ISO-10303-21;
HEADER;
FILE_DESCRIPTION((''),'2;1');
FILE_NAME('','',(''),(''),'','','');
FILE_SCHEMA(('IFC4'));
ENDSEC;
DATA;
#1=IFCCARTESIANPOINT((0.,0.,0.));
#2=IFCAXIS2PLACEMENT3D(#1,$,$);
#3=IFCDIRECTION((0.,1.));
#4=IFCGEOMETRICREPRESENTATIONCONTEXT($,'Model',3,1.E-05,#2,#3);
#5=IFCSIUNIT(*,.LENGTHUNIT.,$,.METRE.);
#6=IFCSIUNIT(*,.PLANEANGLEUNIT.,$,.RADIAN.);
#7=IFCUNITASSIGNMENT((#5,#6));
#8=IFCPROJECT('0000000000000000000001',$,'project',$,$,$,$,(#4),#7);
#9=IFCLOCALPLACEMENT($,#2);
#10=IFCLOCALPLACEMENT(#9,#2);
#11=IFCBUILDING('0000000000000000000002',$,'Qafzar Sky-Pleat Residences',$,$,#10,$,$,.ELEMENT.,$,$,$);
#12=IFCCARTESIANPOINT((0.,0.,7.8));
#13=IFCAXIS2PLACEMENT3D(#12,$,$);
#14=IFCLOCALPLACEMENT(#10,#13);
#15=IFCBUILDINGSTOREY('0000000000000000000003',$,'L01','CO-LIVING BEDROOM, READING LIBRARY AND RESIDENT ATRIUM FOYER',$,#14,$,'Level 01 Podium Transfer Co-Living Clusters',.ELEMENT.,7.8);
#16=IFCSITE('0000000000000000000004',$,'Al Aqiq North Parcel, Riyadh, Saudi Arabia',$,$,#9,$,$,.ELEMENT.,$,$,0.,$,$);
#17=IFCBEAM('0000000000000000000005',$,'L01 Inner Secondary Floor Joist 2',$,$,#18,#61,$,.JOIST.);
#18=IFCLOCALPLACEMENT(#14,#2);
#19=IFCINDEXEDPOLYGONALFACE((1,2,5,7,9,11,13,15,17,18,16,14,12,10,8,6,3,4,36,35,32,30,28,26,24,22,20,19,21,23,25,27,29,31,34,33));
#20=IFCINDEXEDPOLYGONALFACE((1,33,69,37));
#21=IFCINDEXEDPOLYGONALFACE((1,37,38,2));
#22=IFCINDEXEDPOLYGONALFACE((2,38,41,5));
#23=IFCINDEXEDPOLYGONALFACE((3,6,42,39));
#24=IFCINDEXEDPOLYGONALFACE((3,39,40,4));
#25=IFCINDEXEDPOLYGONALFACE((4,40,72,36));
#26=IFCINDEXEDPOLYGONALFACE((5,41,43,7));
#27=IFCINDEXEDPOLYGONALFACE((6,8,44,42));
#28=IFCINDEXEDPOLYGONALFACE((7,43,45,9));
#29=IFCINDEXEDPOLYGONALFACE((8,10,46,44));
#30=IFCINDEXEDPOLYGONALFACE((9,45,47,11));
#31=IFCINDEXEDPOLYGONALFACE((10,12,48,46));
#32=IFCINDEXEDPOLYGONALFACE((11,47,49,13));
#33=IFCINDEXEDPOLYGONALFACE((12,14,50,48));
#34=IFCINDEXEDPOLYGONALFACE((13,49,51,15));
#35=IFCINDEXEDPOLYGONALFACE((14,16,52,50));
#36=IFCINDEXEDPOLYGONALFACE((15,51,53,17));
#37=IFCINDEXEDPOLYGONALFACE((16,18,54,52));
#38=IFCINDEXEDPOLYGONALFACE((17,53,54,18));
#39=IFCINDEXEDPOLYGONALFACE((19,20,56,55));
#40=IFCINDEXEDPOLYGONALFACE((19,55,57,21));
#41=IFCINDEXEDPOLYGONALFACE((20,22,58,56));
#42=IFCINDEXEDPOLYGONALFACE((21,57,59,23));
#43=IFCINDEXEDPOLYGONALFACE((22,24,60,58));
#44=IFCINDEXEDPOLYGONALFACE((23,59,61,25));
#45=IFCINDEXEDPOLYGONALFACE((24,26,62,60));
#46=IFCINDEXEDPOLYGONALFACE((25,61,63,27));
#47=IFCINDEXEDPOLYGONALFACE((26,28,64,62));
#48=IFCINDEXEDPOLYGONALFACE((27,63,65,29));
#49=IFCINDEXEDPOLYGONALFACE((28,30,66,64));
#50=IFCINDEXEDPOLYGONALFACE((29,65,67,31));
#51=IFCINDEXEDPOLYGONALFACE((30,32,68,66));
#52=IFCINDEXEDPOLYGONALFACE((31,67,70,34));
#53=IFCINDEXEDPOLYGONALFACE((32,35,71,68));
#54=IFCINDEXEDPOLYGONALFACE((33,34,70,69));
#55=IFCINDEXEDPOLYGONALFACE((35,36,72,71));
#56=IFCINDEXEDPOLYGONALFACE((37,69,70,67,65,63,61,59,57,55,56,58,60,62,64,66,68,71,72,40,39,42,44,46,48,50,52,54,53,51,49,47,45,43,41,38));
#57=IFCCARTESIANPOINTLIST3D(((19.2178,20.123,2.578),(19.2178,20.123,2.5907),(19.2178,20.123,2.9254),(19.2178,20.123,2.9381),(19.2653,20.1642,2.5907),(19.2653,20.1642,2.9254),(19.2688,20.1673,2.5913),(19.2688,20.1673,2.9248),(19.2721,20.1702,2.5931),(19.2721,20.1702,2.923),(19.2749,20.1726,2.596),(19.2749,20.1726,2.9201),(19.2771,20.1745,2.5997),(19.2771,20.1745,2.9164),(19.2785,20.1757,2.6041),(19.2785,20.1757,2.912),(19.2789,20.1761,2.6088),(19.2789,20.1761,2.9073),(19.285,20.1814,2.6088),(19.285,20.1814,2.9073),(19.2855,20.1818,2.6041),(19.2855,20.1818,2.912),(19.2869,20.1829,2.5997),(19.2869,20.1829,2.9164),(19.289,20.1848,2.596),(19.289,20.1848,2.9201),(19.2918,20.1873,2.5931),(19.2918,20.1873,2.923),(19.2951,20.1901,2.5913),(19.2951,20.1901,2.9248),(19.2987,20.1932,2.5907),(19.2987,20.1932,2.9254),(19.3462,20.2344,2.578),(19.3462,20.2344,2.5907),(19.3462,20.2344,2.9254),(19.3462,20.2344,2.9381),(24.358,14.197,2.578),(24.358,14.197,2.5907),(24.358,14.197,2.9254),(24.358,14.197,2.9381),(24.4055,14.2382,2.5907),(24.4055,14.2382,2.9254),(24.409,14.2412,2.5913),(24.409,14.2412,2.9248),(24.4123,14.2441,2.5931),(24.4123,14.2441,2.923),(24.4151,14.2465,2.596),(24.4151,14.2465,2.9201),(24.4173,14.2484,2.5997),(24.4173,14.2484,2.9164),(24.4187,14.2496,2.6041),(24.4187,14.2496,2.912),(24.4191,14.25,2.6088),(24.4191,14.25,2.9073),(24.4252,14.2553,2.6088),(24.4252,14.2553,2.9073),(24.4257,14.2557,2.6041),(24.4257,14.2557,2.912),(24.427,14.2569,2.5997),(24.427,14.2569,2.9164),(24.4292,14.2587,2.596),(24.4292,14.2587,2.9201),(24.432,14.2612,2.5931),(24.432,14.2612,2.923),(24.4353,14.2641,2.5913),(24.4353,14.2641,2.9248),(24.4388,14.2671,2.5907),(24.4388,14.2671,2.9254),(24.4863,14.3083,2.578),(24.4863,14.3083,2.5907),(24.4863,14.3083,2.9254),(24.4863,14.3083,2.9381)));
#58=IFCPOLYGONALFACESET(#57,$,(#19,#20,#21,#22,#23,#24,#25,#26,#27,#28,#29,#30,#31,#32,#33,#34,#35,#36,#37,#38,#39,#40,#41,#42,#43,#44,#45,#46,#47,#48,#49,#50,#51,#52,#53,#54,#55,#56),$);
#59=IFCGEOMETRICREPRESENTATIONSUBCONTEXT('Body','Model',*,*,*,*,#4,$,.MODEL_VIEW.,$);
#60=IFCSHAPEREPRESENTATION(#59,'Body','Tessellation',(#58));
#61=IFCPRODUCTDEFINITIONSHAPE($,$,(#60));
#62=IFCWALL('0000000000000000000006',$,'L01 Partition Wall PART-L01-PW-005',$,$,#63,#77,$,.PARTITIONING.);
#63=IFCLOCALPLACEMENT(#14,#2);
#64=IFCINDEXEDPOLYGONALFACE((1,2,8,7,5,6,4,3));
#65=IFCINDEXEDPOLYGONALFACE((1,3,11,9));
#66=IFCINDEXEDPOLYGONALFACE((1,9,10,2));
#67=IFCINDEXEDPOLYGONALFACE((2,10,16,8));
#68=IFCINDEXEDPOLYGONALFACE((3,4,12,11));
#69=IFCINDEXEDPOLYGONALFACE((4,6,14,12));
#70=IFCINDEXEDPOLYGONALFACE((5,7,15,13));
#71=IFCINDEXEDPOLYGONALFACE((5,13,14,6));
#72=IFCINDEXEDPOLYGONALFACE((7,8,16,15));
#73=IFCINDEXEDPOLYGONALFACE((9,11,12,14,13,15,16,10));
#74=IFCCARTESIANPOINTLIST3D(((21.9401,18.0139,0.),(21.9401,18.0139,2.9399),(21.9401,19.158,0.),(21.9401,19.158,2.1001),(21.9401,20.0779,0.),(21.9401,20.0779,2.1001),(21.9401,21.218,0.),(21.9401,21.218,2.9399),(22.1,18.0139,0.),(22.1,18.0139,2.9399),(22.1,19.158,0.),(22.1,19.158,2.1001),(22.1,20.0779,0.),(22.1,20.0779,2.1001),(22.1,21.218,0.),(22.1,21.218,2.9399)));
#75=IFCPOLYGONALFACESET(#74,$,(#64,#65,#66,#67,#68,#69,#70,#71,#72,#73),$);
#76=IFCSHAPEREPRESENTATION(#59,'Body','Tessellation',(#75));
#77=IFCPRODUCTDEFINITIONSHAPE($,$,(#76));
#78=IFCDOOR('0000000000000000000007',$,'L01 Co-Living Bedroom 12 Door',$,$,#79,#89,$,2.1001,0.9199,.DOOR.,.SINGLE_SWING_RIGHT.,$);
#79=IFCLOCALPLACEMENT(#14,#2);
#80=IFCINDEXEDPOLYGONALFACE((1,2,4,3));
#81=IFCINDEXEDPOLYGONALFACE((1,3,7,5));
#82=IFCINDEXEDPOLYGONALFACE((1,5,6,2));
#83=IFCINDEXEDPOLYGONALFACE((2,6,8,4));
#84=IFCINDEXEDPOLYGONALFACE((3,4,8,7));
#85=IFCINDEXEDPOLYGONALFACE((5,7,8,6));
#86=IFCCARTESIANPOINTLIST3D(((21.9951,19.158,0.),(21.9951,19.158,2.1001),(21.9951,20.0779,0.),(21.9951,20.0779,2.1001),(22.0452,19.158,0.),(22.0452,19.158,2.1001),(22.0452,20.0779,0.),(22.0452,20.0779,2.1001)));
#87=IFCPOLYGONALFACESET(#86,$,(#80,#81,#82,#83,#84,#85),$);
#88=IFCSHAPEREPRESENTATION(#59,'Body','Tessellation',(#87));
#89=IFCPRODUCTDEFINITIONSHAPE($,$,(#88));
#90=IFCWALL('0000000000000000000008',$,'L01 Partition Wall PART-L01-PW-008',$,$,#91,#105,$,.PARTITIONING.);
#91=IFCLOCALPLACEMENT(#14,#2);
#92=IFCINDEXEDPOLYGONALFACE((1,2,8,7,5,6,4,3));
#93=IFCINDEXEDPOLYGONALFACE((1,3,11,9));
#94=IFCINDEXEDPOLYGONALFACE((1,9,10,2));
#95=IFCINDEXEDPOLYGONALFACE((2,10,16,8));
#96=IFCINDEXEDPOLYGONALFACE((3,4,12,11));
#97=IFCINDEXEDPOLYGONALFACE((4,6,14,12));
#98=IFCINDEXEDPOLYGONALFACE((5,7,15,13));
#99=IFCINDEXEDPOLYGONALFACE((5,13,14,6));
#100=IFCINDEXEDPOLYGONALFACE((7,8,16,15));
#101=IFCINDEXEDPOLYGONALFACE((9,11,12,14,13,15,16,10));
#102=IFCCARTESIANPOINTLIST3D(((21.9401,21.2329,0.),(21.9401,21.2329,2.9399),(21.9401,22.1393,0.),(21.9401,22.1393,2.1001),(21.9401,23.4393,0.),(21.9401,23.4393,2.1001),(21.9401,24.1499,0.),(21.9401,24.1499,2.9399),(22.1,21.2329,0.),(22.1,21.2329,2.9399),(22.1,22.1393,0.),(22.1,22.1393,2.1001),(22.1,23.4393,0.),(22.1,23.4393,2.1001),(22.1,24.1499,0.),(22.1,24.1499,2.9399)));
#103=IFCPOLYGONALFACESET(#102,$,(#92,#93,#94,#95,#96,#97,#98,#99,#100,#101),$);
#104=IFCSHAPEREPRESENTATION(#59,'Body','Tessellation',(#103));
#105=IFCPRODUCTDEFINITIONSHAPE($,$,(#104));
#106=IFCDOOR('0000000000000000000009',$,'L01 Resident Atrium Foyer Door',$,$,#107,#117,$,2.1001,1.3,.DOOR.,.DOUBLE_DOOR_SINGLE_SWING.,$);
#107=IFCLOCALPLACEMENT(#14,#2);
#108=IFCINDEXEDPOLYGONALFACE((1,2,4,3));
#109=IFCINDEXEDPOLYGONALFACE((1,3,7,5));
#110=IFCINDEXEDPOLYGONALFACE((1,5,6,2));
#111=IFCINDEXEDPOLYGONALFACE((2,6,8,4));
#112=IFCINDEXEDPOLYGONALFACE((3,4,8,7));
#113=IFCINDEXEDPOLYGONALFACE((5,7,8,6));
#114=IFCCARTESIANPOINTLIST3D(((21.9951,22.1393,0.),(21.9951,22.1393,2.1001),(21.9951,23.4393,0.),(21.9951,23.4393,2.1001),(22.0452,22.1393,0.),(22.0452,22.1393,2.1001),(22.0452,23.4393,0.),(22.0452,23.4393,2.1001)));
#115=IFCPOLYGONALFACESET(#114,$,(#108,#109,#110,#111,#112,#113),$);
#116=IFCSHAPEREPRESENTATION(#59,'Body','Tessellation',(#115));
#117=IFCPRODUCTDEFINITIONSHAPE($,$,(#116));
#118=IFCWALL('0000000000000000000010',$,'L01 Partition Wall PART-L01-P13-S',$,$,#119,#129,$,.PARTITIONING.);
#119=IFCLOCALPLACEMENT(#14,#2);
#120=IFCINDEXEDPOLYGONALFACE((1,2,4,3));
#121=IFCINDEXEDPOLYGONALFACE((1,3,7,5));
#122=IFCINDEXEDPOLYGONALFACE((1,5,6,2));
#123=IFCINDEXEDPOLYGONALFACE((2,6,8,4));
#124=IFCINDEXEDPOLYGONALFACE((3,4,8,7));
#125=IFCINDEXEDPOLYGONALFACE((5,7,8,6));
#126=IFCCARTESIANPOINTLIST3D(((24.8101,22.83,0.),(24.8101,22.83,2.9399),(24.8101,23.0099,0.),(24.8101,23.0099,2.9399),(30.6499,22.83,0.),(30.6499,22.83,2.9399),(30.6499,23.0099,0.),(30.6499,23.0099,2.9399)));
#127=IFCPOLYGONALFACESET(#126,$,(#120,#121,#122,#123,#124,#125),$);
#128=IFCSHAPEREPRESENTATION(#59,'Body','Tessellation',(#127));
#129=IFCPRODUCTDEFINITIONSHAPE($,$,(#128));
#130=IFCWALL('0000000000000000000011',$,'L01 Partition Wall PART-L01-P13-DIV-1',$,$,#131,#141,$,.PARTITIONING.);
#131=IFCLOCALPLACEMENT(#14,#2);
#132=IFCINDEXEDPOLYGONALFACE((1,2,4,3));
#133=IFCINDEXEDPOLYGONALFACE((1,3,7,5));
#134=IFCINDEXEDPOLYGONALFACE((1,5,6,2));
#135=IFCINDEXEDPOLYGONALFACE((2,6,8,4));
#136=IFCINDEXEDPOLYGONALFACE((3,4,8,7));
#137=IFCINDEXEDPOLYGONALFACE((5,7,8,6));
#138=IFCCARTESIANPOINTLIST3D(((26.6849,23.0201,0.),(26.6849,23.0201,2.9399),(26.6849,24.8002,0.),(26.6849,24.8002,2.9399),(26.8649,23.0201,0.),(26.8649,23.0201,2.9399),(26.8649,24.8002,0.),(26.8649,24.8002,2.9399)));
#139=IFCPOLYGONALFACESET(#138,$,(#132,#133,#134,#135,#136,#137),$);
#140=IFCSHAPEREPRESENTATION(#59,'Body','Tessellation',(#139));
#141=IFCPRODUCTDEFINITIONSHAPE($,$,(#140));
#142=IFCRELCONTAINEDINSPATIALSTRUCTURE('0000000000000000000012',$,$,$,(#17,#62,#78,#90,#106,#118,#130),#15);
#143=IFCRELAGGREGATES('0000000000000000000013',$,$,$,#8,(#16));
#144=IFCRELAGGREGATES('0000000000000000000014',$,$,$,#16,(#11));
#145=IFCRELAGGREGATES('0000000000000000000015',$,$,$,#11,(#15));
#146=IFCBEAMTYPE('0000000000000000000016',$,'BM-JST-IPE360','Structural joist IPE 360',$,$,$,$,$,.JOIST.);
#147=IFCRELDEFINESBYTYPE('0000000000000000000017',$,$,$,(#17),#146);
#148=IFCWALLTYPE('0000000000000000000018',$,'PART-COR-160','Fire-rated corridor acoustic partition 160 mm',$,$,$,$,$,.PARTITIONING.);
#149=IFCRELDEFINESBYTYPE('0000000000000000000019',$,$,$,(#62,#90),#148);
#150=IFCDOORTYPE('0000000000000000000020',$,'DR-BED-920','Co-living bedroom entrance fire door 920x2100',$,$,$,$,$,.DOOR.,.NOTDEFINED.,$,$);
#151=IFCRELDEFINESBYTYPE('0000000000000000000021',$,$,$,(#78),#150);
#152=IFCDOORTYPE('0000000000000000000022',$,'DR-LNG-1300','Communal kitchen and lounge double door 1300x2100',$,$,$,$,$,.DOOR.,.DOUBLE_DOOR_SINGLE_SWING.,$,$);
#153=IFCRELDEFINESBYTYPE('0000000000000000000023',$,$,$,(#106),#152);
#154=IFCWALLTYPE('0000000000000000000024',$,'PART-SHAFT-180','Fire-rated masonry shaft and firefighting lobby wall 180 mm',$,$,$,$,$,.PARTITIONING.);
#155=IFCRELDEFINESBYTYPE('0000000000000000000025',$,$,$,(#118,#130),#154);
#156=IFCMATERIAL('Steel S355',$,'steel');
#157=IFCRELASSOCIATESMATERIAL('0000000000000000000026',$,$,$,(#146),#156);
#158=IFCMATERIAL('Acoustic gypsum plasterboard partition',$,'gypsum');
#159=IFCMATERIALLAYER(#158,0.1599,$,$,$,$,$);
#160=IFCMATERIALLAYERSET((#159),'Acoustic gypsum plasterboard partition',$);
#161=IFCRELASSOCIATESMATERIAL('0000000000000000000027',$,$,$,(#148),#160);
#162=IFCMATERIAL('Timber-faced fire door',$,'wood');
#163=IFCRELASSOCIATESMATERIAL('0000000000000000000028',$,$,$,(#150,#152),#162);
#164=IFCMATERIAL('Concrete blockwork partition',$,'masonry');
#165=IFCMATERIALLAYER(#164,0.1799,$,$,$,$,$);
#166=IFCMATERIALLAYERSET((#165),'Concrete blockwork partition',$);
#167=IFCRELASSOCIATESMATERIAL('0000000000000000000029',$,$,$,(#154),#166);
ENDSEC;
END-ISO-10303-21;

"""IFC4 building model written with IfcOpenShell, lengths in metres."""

from ifc_helpers import new_model, si_unit, direction, frame, frame_2d, origin, origin_2d, place, context, subcontext, project, spatial, rectangle, i_section, extrude, source, transform, mapped, material, layer, layer_set, material_profile, profile_set, type_object, element, fill, save


model = new_model("IFC4")

# Units and contexts
model_context = context("Model", 3, precision=1e-05, world=origin(), true_north=direction((0.0, 1.0)))
body_context = subcontext(model_context, "Body", "Model", "MODEL_VIEW")
ifc_project = project(units=[si_unit("LENGTHUNIT", "METRE"), si_unit("PLANEANGLEUNIT", "RADIAN")], contexts=[model_context])

# Site, building, storey
site_placement = place(None, origin())
site = spatial("IfcSite", under=ifc_project, at=site_placement, Name="Al Aqiq North Parcel, Riyadh, Saudi Arabia", CompositionType="ELEMENT", RefElevation=0.0)
building_placement = place(site_placement, origin())
building = spatial("IfcBuilding", under=site, at=building_placement, Name="Qafzar Sky-Pleat Residences", CompositionType="ELEMENT")
storey_placement = place(building_placement, frame((0.0, 0.0, 7.8)))
storey = spatial("IfcBuildingStorey", under=building, at=storey_placement, Name="L01", Description="CO-LIVING BEDROOM, READING LIBRARY AND RESIDENT ATRIUM FOYER", LongName="Level 01 Podium Transfer Co-Living Clusters", CompositionType="ELEMENT", Elevation=7.8)

# Beam
ifc_material_1 = material(Name="Steel S355", Category="steel")
ifc_material_profile = material_profile(ifc_material_1, i_section(OverallWidth=0.1699, OverallDepth=0.3601, WebThickness=0.0081, FlangeThickness=0.0127, FilletRadius=0.0181, at=origin_2d()), Name="IPE 360")
ifc_profile_set = profile_set([ifc_material_profile], Name="Steel S355")
beam_type = type_object("IfcBeamType", Name="BM-JST-IPE360", Description="Structural joist IPE 360", PredefinedType="JOIST", material=ifc_profile_set)
shared_shape_1 = source(origin(), body_context, "Body", "SweptSolid", [
    extrude(i_section(OverallWidth=0.1699, OverallDepth=0.3601, WebThickness=0.0081, FlangeThickness=0.0127, FilletRadius=0.0181, at=origin_2d()), origin(), (0.0, 0.0, 1.0), 7.8447),
])
beam_placement = place(storey_placement, frame((19.282, 20.1787, 2.7581), z_axis=(0.65524, -0.755421, 0.0), x_axis=(0.755421, 0.65524, 0.0)))
element("IfcBeam", 1, at=beam_placement, inside=storey, type_object=beam_type, Name="L01 Inner Secondary Floor Joist 2", PredefinedType="JOIST", context=body_context, shape_type="MappedRepresentation", body=[
    mapped(shared_shape_1, transform((0.0, 0.0, 0.0), x_axis=(1.0, 0.0, 0.0), y_axis=(0.0, 1.0, 0.0), z_axis=(0.0, 0.0, 1.0), scale=1.0)),
])

# Walls, openings, doors
ifc_material_2 = material(Name="Acoustic gypsum plasterboard partition", Category="gypsum")
ifc_layer_1 = layer(ifc_material_2, 0.1599)
ifc_layer_set_1 = layer_set([ifc_layer_1], Name="Acoustic gypsum plasterboard partition")
wall_type_1 = type_object("IfcWallType", Name="PART-COR-160", Description="Fire-rated corridor acoustic partition 160 mm", PredefinedType="PARTITIONING", material=ifc_layer_set_1)
wall_1_placement = place(storey_placement, frame((22.02, 18.0139, 0.0), z_axis=(0.0, 0.0, 1.0), x_axis=(0.0, 1.0, 0.0)))
wall_1 = element("IfcWall", 2, at=wall_1_placement, inside=storey, type_object=wall_type_1, Name="L01 Partition Wall PART-L01-PW-005", PredefinedType="PARTITIONING", context=body_context, shape_type="SweptSolid", body=[
    extrude(rectangle(XDim=3.2041, YDim=0.1599, at=frame_2d((1.6021, 0.0))), origin(), (0.0, 0.0, 1.0), 2.9399),
])
opening_1_placement = place(wall_1_placement, frame((1.144, 0.0, 0.0)))
opening_1 = element("IfcOpeningElement", 3, at=opening_1_placement, cuts=wall_1, PredefinedType="OPENING", context=body_context, shape_type="SweptSolid", body=[
    extrude(rectangle(XDim=0.9199, YDim=2.1001, at=frame_2d((0.46, 1.05))), frame((0.0, 0.0898, 0.0), z_axis=(0.0, -1.0, 0.0), x_axis=(1.0, 0.0, 0.0)), (0.0, 0.0, 1.0), 0.1799),
])
ifc_material_3 = material(Name="Timber-faced fire door", Category="wood")
door_type_1 = type_object("IfcDoorType", Name="DR-BED-920", Description="Co-living bedroom entrance fire door 920x2100", OperationType="NOTDEFINED", PredefinedType="DOOR", material=ifc_material_3)
shared_shape_2 = source(origin(), body_context, "Body", "SweptSolid", [
    extrude(rectangle(XDim=0.9199, YDim=2.1001, at=frame_2d((0.46, 1.05))), frame((0.0, 0.0249, 0.0), z_axis=(0.0, -1.0, 0.0), x_axis=(1.0, 0.0, 0.0)), (0.0, 0.0, 1.0), 0.05),
])
door_1_placement = place(opening_1_placement, origin())
door_1 = element("IfcDoor", 4, at=door_1_placement, inside=storey, type_object=door_type_1, Name="L01 Co-Living Bedroom 12 Door", OperationType="SINGLE_SWING_RIGHT", OverallHeight=2.1001, OverallWidth=0.9199, PredefinedType="DOOR", context=body_context, shape_type="MappedRepresentation", body=[
    mapped(shared_shape_2, transform((0.0, 0.0, 0.0), x_axis=(1.0, 0.0, 0.0), y_axis=(0.0, 1.0, 0.0), z_axis=(0.0, 0.0, 1.0), scale=1.0)),
])
fill(opening_1, door_1)
wall_2_placement = place(storey_placement, frame((22.02, 21.2329, 0.0), z_axis=(0.0, 0.0, 1.0), x_axis=(0.0, 1.0, 0.0)))
wall_2 = element("IfcWall", 5, at=wall_2_placement, inside=storey, type_object=wall_type_1, Name="L01 Partition Wall PART-L01-PW-008", PredefinedType="PARTITIONING", context=body_context, shape_type="SweptSolid", body=[
    extrude(rectangle(XDim=2.917, YDim=0.1599, at=frame_2d((1.4585, 0.0))), origin(), (0.0, 0.0, 1.0), 2.9399),
])
opening_2_placement = place(wall_2_placement, frame((0.9065, 0.0, 0.0)))
opening_2 = element("IfcOpeningElement", 6, at=opening_2_placement, cuts=wall_2, PredefinedType="OPENING", context=body_context, shape_type="SweptSolid", body=[
    extrude(rectangle(XDim=1.3, YDim=2.1001, at=frame_2d((0.6499, 1.05))), frame((0.0, 0.0898, 0.0), z_axis=(0.0, -1.0, 0.0), x_axis=(1.0, 0.0, 0.0)), (0.0, 0.0, 1.0), 0.1799),
])
door_type_2 = type_object("IfcDoorType", Name="DR-LNG-1300", Description="Communal kitchen and lounge double door 1300x2100", OperationType="DOUBLE_DOOR_SINGLE_SWING", PredefinedType="DOOR", material=ifc_material_3)
shared_shape_3 = source(origin(), body_context, "Body", "SweptSolid", [
    extrude(rectangle(XDim=1.3, YDim=2.1001, at=frame_2d((0.6499, 1.05))), frame((0.0, 0.0249, 0.0), z_axis=(0.0, -1.0, 0.0), x_axis=(1.0, 0.0, 0.0)), (0.0, 0.0, 1.0), 0.05),
])
door_2_placement = place(opening_2_placement, origin())
door_2 = element("IfcDoor", 7, at=door_2_placement, inside=storey, type_object=door_type_2, Name="L01 Resident Atrium Foyer Door", OperationType="DOUBLE_DOOR_SINGLE_SWING", OverallHeight=2.1001, OverallWidth=1.3, PredefinedType="DOOR", context=body_context, shape_type="MappedRepresentation", body=[
    mapped(shared_shape_3, transform((0.0, 0.0, 0.0), x_axis=(1.0, 0.0, 0.0), y_axis=(0.0, 1.0, 0.0), z_axis=(0.0, 0.0, 1.0), scale=1.0)),
])
fill(opening_2, door_2)

# Wall
ifc_material_4 = material(Name="Concrete blockwork partition", Category="masonry")
ifc_layer_2 = layer(ifc_material_4, 0.1799)
ifc_layer_set_2 = layer_set([ifc_layer_2], Name="Concrete blockwork partition")
wall_type_2 = type_object("IfcWallType", Name="PART-SHAFT-180", Description="Fire-rated masonry shaft and firefighting lobby wall 180 mm", PredefinedType="PARTITIONING", material=ifc_layer_set_2)
wall_3_placement = place(storey_placement, frame((24.8101, 22.9199, 0.0), z_axis=(0.0, 0.0, 1.0), x_axis=(1.0, 0.0, 0.0)))
element("IfcWall", 8, at=wall_3_placement, inside=storey, type_object=wall_type_2, Name="L01 Partition Wall PART-L01-P13-S", PredefinedType="PARTITIONING", context=body_context, shape_type="SweptSolid", body=[
    extrude(rectangle(XDim=5.8398, YDim=0.1799, at=frame_2d((2.9199, 0.0))), origin(), (0.0, 0.0, 1.0), 2.9399),
])

# Wall
wall_4_placement = place(storey_placement, frame((26.7749, 23.02, 0.0), z_axis=(0.0, 0.0, 1.0), x_axis=(0.0, 1.0, 0.0)))
element("IfcWall", 9, at=wall_4_placement, inside=storey, type_object=wall_type_2, Name="L01 Partition Wall PART-L01-P13-DIV-1", PredefinedType="PARTITIONING", context=body_context, shape_type="SweptSolid", body=[
    extrude(rectangle(XDim=1.78, YDim=0.1799, at=frame_2d((0.8901, 0.0))), origin(), (0.0, 0.0, 1.0), 2.9399),
])

save(model, "model.ifc")
